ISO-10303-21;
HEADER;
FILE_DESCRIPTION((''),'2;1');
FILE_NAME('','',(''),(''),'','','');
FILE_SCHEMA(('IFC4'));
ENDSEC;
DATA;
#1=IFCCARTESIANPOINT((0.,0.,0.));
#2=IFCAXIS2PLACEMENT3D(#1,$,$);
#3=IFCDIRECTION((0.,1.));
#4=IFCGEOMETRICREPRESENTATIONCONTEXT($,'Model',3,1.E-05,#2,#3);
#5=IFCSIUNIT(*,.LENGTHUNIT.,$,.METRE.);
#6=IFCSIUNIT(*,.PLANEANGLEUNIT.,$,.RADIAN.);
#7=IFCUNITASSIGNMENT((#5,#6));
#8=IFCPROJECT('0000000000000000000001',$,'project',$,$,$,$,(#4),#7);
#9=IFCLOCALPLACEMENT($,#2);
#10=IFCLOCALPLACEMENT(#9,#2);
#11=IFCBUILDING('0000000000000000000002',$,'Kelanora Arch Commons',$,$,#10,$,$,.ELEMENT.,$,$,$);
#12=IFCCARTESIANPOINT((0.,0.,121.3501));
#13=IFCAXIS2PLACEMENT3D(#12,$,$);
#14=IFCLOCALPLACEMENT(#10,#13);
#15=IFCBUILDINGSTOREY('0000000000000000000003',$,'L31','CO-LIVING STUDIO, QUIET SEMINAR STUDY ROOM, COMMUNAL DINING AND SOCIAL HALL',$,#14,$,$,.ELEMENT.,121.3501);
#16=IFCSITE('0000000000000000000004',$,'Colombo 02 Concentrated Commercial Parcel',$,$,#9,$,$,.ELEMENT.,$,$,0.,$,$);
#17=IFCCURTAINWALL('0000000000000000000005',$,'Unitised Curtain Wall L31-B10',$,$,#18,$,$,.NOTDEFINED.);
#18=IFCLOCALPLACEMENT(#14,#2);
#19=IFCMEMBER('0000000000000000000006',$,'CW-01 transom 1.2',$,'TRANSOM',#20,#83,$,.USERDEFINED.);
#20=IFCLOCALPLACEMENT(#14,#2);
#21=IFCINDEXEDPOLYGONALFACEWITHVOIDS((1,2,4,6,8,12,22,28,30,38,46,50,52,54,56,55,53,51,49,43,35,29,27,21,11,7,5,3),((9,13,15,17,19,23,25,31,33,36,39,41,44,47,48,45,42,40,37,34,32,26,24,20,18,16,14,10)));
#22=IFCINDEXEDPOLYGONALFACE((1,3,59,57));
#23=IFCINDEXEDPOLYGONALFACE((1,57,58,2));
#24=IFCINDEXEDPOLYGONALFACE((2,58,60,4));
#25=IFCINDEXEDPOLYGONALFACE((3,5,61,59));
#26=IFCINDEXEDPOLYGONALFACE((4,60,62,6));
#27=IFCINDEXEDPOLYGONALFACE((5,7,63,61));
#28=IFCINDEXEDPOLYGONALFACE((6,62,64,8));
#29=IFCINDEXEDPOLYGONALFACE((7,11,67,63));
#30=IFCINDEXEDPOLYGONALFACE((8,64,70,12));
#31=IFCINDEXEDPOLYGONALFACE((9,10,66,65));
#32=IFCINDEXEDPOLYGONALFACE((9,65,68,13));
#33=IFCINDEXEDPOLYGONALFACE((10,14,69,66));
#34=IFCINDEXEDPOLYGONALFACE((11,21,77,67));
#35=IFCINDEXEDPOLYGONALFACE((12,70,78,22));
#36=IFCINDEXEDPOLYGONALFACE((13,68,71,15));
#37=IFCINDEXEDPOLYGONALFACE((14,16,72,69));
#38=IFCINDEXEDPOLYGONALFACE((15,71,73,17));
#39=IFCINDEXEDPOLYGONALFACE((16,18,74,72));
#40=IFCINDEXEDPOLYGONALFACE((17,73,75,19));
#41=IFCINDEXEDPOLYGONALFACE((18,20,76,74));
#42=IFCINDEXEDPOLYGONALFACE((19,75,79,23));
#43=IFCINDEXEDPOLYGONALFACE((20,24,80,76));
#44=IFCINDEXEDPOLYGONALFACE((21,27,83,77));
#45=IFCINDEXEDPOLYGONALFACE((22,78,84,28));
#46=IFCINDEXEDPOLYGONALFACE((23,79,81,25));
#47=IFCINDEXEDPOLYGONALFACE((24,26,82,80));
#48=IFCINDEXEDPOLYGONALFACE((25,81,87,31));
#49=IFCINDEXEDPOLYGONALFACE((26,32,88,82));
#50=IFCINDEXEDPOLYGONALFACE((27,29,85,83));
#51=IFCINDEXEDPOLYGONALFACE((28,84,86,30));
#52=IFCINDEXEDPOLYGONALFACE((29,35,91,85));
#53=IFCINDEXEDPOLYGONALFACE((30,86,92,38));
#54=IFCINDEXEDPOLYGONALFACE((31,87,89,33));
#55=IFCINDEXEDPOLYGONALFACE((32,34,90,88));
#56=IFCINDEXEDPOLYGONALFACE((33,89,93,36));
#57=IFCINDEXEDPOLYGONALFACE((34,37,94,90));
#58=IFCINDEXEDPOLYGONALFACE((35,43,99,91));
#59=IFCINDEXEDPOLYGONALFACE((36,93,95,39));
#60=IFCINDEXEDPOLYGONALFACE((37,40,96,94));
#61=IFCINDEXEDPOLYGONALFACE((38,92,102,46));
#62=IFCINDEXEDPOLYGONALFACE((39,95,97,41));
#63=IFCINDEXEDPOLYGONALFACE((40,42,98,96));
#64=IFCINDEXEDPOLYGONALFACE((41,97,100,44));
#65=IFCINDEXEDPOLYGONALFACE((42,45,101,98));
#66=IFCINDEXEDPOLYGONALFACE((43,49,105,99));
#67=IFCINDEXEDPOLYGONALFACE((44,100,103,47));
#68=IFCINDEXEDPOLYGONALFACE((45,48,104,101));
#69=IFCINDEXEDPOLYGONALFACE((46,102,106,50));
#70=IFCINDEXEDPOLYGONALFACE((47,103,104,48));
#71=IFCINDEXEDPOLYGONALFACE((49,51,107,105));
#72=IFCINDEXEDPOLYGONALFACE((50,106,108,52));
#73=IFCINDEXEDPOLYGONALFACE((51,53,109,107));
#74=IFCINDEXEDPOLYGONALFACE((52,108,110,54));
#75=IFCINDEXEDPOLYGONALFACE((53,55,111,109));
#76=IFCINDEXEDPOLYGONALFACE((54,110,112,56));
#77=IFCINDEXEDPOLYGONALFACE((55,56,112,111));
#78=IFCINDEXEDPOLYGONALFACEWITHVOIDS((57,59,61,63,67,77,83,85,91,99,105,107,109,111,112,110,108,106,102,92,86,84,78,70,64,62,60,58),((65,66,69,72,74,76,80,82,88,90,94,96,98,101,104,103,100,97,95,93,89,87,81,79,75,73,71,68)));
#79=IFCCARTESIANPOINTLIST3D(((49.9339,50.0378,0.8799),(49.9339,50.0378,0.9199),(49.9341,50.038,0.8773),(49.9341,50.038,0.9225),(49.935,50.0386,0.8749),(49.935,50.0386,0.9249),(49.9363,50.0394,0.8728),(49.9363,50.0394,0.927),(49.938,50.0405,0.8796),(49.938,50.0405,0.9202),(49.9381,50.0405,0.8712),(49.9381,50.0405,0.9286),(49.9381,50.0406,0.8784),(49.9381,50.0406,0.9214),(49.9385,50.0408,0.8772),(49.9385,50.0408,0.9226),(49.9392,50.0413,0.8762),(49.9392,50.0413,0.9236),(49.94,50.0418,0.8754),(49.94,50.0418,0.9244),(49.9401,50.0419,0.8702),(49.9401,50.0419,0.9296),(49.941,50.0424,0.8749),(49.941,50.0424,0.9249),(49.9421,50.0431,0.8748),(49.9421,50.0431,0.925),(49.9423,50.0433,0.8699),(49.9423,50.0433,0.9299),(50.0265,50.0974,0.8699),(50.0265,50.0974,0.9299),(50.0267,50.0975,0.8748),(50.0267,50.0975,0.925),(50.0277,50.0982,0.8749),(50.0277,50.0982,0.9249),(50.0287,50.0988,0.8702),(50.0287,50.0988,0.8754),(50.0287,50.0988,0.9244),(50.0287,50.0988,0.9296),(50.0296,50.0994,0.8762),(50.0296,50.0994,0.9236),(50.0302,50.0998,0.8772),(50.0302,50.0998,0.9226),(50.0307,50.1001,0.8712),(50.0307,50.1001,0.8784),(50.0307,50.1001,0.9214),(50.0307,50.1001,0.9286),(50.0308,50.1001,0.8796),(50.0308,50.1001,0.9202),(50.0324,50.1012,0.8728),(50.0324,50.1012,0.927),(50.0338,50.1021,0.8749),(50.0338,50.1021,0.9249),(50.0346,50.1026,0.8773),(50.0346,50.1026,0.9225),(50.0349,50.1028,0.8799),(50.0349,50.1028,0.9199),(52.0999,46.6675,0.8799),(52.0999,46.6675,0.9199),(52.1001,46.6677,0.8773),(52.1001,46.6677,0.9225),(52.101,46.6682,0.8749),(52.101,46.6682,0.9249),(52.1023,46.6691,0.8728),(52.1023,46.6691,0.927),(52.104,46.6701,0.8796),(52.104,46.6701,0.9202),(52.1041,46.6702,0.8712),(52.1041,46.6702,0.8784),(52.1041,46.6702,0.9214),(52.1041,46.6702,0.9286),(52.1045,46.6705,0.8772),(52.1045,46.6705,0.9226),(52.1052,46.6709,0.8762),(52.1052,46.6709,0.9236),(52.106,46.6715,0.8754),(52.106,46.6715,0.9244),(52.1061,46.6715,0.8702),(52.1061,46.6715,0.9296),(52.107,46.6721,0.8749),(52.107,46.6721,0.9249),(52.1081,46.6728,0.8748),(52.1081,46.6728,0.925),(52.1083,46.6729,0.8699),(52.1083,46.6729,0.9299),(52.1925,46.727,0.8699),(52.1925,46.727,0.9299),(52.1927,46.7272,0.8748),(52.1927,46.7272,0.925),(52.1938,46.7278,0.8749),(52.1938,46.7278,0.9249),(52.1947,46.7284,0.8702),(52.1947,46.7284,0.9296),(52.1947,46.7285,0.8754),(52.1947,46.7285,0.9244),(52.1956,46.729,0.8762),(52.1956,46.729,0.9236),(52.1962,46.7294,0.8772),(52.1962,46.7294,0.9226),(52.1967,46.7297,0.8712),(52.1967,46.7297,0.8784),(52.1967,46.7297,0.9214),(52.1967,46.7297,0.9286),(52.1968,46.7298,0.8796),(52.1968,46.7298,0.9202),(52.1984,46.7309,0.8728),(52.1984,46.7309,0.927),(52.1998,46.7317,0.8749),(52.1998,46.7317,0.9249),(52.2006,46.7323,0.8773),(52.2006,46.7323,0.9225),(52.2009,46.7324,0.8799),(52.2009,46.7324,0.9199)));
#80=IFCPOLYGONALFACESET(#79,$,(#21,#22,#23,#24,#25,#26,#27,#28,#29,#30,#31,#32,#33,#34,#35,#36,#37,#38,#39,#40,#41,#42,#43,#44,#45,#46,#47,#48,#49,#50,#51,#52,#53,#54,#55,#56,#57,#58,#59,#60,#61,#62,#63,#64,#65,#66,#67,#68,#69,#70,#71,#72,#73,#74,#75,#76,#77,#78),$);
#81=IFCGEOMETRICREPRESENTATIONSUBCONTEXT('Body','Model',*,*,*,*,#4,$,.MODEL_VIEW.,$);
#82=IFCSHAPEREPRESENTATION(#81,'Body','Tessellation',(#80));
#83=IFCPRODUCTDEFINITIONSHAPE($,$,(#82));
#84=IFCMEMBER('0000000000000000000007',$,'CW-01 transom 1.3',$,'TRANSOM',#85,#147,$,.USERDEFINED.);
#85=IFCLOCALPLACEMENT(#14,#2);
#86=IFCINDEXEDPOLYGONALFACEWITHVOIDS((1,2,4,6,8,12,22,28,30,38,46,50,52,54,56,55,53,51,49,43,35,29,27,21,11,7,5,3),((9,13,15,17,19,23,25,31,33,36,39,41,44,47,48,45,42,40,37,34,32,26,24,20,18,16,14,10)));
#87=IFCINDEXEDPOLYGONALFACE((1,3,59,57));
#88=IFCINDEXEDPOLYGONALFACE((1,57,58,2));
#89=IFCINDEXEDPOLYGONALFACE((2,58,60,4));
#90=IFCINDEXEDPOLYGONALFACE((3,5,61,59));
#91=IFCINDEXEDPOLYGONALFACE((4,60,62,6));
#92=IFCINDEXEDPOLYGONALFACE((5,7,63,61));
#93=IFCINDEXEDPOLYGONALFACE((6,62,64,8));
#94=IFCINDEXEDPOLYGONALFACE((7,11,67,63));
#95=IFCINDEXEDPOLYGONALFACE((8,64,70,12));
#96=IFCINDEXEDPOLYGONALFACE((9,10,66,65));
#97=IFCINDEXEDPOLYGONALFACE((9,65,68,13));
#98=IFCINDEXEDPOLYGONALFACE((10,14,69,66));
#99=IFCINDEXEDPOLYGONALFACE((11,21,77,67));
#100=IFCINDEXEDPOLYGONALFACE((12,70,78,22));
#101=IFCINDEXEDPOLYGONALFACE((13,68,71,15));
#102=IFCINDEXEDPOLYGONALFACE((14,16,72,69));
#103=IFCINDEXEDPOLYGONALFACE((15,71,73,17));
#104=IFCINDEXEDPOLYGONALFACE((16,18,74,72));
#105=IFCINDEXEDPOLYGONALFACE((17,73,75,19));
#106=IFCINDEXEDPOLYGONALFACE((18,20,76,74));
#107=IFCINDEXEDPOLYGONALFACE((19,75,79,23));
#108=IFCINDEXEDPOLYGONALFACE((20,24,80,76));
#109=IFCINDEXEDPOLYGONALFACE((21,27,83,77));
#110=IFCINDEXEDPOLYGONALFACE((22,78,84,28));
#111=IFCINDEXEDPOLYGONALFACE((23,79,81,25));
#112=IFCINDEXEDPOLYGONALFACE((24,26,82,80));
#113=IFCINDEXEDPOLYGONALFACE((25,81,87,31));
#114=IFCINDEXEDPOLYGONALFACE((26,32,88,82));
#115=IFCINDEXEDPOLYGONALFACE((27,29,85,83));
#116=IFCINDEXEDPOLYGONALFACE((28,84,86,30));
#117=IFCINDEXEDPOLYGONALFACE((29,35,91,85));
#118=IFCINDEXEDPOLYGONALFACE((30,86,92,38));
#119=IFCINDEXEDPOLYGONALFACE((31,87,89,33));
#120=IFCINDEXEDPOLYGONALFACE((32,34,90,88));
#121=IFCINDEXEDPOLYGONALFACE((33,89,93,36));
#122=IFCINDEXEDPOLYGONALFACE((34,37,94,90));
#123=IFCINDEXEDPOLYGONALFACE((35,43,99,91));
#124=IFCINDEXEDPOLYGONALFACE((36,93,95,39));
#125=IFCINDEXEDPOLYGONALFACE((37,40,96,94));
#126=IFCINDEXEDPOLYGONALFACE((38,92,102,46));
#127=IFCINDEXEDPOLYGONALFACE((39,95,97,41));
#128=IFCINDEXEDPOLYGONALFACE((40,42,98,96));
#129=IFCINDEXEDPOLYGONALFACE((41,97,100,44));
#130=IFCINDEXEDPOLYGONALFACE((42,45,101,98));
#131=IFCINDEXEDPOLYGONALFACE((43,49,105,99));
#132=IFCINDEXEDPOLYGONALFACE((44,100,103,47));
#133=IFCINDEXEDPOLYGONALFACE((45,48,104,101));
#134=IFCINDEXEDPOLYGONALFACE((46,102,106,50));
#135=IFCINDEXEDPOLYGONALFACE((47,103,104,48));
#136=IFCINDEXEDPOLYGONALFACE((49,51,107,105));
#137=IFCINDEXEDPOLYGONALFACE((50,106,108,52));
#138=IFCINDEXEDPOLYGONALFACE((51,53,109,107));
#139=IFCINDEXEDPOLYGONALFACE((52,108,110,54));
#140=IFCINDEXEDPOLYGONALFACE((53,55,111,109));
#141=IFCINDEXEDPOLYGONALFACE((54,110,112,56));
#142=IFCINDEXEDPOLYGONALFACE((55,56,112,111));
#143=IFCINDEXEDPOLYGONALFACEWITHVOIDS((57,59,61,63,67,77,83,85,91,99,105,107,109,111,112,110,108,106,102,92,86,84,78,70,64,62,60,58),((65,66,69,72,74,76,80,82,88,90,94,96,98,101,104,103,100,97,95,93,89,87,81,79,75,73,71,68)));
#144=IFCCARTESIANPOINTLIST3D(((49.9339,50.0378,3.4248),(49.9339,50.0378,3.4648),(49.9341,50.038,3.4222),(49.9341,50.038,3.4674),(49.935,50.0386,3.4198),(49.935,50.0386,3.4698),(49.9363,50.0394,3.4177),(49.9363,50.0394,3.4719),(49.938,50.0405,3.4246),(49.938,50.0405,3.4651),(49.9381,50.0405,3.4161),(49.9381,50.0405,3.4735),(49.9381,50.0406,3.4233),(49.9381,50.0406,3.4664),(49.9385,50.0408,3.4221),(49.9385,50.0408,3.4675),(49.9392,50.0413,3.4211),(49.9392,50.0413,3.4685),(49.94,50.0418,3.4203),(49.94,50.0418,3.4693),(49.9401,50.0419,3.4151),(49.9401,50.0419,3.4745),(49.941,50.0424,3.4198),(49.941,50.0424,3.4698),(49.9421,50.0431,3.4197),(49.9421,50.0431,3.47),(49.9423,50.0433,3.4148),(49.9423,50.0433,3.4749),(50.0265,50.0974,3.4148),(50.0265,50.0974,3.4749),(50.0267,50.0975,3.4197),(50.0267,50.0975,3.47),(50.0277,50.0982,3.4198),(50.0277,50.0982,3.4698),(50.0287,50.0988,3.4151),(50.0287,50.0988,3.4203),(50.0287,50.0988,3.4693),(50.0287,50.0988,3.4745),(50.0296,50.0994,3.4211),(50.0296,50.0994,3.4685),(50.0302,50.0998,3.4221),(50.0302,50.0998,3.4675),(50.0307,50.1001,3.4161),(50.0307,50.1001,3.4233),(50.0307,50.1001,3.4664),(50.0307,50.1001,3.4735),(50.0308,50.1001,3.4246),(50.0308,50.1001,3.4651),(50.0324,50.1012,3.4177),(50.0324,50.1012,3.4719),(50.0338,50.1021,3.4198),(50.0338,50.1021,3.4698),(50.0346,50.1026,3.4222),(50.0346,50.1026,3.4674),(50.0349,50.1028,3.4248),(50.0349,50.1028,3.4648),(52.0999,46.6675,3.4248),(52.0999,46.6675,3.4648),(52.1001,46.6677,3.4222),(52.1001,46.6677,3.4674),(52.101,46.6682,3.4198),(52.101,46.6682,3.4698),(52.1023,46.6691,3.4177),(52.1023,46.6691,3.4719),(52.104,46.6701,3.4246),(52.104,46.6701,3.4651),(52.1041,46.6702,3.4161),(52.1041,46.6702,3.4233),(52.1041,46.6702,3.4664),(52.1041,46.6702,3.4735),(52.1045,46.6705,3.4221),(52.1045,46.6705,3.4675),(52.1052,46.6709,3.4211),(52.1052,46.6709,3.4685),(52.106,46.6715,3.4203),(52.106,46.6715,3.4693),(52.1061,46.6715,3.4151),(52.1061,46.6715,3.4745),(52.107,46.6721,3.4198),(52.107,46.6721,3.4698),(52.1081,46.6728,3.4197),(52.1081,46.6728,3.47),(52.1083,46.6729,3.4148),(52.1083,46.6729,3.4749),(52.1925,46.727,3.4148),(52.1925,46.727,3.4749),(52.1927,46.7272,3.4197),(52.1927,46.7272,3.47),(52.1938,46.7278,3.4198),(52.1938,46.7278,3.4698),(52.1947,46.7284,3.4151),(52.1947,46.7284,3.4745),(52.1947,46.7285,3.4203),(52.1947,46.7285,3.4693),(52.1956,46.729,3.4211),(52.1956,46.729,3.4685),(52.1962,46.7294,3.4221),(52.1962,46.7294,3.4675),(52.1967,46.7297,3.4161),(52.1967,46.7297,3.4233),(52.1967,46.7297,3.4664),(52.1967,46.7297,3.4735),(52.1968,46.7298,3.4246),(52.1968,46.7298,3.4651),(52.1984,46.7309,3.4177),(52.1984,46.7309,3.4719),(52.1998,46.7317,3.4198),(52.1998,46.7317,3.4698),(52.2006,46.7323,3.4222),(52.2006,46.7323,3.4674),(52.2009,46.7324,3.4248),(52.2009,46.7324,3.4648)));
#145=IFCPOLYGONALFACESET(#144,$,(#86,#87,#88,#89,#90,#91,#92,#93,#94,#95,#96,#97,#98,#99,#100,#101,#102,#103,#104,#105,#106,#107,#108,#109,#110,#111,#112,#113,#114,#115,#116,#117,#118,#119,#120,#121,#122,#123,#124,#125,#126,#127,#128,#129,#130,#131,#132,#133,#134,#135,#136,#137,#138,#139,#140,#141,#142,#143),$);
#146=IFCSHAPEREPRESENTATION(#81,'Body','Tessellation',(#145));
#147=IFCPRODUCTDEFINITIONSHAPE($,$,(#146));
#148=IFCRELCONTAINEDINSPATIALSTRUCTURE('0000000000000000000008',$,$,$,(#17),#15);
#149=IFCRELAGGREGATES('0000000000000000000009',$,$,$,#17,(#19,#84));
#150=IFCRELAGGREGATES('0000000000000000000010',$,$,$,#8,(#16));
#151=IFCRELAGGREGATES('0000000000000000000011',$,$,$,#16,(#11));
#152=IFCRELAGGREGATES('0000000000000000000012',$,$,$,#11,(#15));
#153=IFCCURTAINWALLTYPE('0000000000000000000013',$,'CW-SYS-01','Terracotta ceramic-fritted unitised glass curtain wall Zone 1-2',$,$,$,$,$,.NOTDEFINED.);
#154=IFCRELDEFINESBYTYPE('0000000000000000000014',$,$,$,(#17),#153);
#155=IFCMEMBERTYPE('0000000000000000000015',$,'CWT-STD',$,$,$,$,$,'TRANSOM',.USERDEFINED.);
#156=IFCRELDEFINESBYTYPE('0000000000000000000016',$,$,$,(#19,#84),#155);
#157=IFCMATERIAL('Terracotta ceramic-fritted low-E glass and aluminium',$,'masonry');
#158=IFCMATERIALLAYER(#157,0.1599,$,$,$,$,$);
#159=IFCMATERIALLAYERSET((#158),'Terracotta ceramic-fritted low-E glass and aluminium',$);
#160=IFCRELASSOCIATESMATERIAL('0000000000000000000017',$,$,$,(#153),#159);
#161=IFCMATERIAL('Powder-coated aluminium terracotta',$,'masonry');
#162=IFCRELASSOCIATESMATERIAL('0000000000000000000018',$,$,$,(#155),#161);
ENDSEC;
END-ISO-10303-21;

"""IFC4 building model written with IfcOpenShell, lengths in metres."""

from ifc_helpers import new_model, si_unit, direction, frame, origin, origin_2d, place, context, subcontext, project, spatial, hollow_rectangle, extrude, material, layer, layer_set, material_profile, profile_set, type_object, element, aggregate, save


model = new_model("IFC4")

# Units and contexts
model_context = context("Model", 3, precision=1e-05, world=origin(), true_north=direction((0.0, 1.0)))
body_context = subcontext(model_context, "Body", "Model", "MODEL_VIEW")
ifc_project = project(units=[si_unit("LENGTHUNIT", "METRE"), si_unit("PLANEANGLEUNIT", "RADIAN")], contexts=[model_context])

# Site, building, storey
site_placement = place(None, origin())
site = spatial("IfcSite", under=ifc_project, at=site_placement, Name="Colombo 02 Concentrated Commercial Parcel", CompositionType="ELEMENT", RefElevation=0.0)
building_placement = place(site_placement, origin())
building = spatial("IfcBuilding", under=site, at=building_placement, Name="Kelanora Arch Commons", CompositionType="ELEMENT")
storey_placement = place(building_placement, frame((0.0, 0.0, 121.3501)))
storey = spatial("IfcBuildingStorey", under=building, at=storey_placement, Name="L31", Description="CO-LIVING STUDIO, QUIET SEMINAR STUDY ROOM, COMMUNAL DINING AND SOCIAL HALL", CompositionType="ELEMENT", Elevation=121.3501)

# Curtain wall, members
ifc_material_1 = material(Name="Terracotta ceramic-fritted low-E glass and aluminium", Category="masonry")
ifc_layer_1 = layer(ifc_material_1, 0.1599)
ifc_layer_set_1 = layer_set([ifc_layer_1], Name="Terracotta ceramic-fritted low-E glass and aluminium")
curtain_wall_type = type_object("IfcCurtainWallType", Name="CW-SYS-01", Description="Terracotta ceramic-fritted unitised glass curtain wall Zone 1-2", PredefinedType="NOTDEFINED", material=ifc_layer_set_1)
curtain_wall_placement = place(storey_placement, origin())
curtain_wall = element("IfcCurtainWall", 1, at=curtain_wall_placement, inside=storey, type_object=curtain_wall_type, Name="Unitised Curtain Wall L31-B10", PredefinedType="NOTDEFINED")
ifc_material_2 = material(Name="Powder-coated aluminium terracotta", Category="masonry")
ifc_material_profile_1 = material_profile(ifc_material_2, hollow_rectangle(XDim=0.1201, YDim=0.0601, WallThickness=0.0049, InnerFilletRadius=0.0049, OuterFilletRadius=0.01, at=origin_2d()), Name="CWT120x60")
ifc_profile_set_1 = profile_set([ifc_material_profile_1], Name="Powder-coated aluminium terracotta")
member_type_1 = type_object("IfcMemberType", Name="CWT-STD", ElementType="TRANSOM", PredefinedType="USERDEFINED", material=ifc_profile_set_1)
member_1_placement = place(storey_placement, frame((49.9844, 50.0703, 0.8999), z_axis=(0.540644, -0.841252, 0.0), x_axis=(0.841252, 0.540644, 0.0)))
member_1 = element("IfcMember", 2, at=member_1_placement, type_object=member_type_1, Name="CW-01 transom 1.2", ObjectType="TRANSOM", PredefinedType="USERDEFINED", context=body_context, shape_type="SweptSolid", body=[
    extrude(hollow_rectangle(XDim=0.1201, YDim=0.0601, WallThickness=0.0049, InnerFilletRadius=0.0049, OuterFilletRadius=0.01, at=origin_2d()), origin(), (0.0, 0.0, 1.0), 4.0063),
])
member_2_placement = place(storey_placement, frame((49.9844, 50.0703, 3.4448), z_axis=(0.540644, -0.841252, 0.0), x_axis=(0.841252, 0.540644, 0.0)))
member_2 = element("IfcMember", 3, at=member_2_placement, type_object=member_type_1, Name="CW-01 transom 1.3", ObjectType="TRANSOM", PredefinedType="USERDEFINED", context=body_context, shape_type="SweptSolid", body=[
    extrude(hollow_rectangle(XDim=0.1201, YDim=0.0601, WallThickness=0.0049, InnerFilletRadius=0.0049, OuterFilletRadius=0.01, at=origin_2d()), origin(), (0.0, 0.0, 1.0), 4.0063),
])

aggregate(curtain_wall, [member_1, member_2])

save(model, "model.ifc")
